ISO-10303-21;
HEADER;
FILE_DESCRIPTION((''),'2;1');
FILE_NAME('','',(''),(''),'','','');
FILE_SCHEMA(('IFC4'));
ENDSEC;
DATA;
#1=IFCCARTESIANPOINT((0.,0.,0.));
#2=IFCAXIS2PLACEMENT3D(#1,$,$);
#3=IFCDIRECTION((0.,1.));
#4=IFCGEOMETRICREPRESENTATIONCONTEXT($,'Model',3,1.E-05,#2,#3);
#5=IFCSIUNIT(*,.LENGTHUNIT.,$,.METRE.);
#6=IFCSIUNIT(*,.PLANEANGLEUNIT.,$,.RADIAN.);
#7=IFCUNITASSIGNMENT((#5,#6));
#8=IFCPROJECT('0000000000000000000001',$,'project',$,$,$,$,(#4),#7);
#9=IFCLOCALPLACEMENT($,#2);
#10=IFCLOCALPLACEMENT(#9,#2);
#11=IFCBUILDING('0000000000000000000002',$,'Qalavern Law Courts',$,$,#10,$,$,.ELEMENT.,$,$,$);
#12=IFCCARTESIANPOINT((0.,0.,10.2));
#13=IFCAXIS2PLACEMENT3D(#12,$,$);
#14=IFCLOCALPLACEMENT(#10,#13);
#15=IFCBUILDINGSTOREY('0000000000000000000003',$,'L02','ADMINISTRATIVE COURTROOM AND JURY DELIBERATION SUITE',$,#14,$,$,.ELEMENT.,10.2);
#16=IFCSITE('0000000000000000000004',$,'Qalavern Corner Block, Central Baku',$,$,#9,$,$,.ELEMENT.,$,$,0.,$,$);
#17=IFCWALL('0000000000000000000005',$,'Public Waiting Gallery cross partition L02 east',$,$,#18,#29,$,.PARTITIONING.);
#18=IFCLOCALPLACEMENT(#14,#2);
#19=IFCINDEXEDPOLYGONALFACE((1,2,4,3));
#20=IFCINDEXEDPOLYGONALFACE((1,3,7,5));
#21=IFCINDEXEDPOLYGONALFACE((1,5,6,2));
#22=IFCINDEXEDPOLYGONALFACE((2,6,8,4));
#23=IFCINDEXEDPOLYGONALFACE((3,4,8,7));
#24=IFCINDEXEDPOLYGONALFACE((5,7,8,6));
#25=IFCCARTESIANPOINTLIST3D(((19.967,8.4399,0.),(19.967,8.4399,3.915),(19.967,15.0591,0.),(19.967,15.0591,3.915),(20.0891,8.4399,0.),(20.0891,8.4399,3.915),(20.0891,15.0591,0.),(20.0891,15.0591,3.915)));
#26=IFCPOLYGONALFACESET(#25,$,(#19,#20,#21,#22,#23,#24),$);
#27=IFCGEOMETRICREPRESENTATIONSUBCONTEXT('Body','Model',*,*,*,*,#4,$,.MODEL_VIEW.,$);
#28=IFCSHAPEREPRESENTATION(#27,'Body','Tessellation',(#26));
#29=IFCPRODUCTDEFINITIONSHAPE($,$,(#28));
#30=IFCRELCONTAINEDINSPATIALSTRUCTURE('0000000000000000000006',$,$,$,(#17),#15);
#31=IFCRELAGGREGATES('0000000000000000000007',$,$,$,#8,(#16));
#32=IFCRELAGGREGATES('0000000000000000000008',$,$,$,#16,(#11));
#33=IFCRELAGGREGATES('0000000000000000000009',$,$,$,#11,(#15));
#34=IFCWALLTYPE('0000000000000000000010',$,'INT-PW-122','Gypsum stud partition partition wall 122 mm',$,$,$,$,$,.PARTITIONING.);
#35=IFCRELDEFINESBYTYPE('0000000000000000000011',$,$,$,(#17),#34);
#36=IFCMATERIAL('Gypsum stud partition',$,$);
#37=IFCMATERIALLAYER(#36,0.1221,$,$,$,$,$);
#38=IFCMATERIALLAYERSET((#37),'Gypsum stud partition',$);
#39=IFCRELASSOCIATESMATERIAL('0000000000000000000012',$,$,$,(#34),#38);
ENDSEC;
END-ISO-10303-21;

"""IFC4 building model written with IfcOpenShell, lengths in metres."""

from ifc_helpers import new_model, si_unit, direction, frame, frame_2d, origin, place, context, subcontext, project, spatial, rectangle, extrude, material, layer, layer_set, type_object, element, save


model = new_model("IFC4")

# Units and contexts
model_context = context("Model", 3, precision=1e-05, world=origin(), true_north=direction((0.0, 1.0)))
body_context = subcontext(model_context, "Body", "Model", "MODEL_VIEW")
ifc_project = project(units=[si_unit("LENGTHUNIT", "METRE"), si_unit("PLANEANGLEUNIT", "RADIAN")], contexts=[model_context])

# Site, building, storey
site_placement = place(None, origin())
site = spatial("IfcSite", under=ifc_project, at=site_placement, Name="Qalavern Corner Block, Central Baku", CompositionType="ELEMENT", RefElevation=0.0)
building_placement = place(site_placement, origin())
building = spatial("IfcBuilding", under=site, at=building_placement, Name="Qalavern Law Courts", CompositionType="ELEMENT")
storey_placement = place(building_placement, frame((0.0, 0.0, 10.2)))
storey = spatial("IfcBuildingStorey", under=building, at=storey_placement, Name="L02", Description="ADMINISTRATIVE COURTROOM AND JURY DELIBERATION SUITE", CompositionType="ELEMENT", Elevation=10.2)

# Wall
ifc_material_1 = material(Name="Gypsum stud partition")
ifc_layer_1 = layer(ifc_material_1, 0.1221)
ifc_layer_set_1 = layer_set([ifc_layer_1], Name="Gypsum stud partition")
wall_type = type_object("IfcWallType", Name="INT-PW-122", Description="Gypsum stud partition partition wall 122 mm", PredefinedType="PARTITIONING", material=ifc_layer_set_1)
wall_placement = place(storey_placement, frame((20.0281, 8.4399, 0.0), z_axis=(0.0, 0.0, 1.0), x_axis=(0.0, 1.0, 0.0)))
element("IfcWall", 1, at=wall_placement, inside=storey, type_object=wall_type, Name="Public Waiting Gallery cross partition L02 east", PredefinedType="PARTITIONING", context=body_context, shape_type="SweptSolid", body=[
    extrude(rectangle(XDim=6.6191, YDim=0.1221, at=frame_2d((3.3096, 0.0))), origin(), (0.0, 0.0, 1.0), 3.915),
])

save(model, "model.ifc")
